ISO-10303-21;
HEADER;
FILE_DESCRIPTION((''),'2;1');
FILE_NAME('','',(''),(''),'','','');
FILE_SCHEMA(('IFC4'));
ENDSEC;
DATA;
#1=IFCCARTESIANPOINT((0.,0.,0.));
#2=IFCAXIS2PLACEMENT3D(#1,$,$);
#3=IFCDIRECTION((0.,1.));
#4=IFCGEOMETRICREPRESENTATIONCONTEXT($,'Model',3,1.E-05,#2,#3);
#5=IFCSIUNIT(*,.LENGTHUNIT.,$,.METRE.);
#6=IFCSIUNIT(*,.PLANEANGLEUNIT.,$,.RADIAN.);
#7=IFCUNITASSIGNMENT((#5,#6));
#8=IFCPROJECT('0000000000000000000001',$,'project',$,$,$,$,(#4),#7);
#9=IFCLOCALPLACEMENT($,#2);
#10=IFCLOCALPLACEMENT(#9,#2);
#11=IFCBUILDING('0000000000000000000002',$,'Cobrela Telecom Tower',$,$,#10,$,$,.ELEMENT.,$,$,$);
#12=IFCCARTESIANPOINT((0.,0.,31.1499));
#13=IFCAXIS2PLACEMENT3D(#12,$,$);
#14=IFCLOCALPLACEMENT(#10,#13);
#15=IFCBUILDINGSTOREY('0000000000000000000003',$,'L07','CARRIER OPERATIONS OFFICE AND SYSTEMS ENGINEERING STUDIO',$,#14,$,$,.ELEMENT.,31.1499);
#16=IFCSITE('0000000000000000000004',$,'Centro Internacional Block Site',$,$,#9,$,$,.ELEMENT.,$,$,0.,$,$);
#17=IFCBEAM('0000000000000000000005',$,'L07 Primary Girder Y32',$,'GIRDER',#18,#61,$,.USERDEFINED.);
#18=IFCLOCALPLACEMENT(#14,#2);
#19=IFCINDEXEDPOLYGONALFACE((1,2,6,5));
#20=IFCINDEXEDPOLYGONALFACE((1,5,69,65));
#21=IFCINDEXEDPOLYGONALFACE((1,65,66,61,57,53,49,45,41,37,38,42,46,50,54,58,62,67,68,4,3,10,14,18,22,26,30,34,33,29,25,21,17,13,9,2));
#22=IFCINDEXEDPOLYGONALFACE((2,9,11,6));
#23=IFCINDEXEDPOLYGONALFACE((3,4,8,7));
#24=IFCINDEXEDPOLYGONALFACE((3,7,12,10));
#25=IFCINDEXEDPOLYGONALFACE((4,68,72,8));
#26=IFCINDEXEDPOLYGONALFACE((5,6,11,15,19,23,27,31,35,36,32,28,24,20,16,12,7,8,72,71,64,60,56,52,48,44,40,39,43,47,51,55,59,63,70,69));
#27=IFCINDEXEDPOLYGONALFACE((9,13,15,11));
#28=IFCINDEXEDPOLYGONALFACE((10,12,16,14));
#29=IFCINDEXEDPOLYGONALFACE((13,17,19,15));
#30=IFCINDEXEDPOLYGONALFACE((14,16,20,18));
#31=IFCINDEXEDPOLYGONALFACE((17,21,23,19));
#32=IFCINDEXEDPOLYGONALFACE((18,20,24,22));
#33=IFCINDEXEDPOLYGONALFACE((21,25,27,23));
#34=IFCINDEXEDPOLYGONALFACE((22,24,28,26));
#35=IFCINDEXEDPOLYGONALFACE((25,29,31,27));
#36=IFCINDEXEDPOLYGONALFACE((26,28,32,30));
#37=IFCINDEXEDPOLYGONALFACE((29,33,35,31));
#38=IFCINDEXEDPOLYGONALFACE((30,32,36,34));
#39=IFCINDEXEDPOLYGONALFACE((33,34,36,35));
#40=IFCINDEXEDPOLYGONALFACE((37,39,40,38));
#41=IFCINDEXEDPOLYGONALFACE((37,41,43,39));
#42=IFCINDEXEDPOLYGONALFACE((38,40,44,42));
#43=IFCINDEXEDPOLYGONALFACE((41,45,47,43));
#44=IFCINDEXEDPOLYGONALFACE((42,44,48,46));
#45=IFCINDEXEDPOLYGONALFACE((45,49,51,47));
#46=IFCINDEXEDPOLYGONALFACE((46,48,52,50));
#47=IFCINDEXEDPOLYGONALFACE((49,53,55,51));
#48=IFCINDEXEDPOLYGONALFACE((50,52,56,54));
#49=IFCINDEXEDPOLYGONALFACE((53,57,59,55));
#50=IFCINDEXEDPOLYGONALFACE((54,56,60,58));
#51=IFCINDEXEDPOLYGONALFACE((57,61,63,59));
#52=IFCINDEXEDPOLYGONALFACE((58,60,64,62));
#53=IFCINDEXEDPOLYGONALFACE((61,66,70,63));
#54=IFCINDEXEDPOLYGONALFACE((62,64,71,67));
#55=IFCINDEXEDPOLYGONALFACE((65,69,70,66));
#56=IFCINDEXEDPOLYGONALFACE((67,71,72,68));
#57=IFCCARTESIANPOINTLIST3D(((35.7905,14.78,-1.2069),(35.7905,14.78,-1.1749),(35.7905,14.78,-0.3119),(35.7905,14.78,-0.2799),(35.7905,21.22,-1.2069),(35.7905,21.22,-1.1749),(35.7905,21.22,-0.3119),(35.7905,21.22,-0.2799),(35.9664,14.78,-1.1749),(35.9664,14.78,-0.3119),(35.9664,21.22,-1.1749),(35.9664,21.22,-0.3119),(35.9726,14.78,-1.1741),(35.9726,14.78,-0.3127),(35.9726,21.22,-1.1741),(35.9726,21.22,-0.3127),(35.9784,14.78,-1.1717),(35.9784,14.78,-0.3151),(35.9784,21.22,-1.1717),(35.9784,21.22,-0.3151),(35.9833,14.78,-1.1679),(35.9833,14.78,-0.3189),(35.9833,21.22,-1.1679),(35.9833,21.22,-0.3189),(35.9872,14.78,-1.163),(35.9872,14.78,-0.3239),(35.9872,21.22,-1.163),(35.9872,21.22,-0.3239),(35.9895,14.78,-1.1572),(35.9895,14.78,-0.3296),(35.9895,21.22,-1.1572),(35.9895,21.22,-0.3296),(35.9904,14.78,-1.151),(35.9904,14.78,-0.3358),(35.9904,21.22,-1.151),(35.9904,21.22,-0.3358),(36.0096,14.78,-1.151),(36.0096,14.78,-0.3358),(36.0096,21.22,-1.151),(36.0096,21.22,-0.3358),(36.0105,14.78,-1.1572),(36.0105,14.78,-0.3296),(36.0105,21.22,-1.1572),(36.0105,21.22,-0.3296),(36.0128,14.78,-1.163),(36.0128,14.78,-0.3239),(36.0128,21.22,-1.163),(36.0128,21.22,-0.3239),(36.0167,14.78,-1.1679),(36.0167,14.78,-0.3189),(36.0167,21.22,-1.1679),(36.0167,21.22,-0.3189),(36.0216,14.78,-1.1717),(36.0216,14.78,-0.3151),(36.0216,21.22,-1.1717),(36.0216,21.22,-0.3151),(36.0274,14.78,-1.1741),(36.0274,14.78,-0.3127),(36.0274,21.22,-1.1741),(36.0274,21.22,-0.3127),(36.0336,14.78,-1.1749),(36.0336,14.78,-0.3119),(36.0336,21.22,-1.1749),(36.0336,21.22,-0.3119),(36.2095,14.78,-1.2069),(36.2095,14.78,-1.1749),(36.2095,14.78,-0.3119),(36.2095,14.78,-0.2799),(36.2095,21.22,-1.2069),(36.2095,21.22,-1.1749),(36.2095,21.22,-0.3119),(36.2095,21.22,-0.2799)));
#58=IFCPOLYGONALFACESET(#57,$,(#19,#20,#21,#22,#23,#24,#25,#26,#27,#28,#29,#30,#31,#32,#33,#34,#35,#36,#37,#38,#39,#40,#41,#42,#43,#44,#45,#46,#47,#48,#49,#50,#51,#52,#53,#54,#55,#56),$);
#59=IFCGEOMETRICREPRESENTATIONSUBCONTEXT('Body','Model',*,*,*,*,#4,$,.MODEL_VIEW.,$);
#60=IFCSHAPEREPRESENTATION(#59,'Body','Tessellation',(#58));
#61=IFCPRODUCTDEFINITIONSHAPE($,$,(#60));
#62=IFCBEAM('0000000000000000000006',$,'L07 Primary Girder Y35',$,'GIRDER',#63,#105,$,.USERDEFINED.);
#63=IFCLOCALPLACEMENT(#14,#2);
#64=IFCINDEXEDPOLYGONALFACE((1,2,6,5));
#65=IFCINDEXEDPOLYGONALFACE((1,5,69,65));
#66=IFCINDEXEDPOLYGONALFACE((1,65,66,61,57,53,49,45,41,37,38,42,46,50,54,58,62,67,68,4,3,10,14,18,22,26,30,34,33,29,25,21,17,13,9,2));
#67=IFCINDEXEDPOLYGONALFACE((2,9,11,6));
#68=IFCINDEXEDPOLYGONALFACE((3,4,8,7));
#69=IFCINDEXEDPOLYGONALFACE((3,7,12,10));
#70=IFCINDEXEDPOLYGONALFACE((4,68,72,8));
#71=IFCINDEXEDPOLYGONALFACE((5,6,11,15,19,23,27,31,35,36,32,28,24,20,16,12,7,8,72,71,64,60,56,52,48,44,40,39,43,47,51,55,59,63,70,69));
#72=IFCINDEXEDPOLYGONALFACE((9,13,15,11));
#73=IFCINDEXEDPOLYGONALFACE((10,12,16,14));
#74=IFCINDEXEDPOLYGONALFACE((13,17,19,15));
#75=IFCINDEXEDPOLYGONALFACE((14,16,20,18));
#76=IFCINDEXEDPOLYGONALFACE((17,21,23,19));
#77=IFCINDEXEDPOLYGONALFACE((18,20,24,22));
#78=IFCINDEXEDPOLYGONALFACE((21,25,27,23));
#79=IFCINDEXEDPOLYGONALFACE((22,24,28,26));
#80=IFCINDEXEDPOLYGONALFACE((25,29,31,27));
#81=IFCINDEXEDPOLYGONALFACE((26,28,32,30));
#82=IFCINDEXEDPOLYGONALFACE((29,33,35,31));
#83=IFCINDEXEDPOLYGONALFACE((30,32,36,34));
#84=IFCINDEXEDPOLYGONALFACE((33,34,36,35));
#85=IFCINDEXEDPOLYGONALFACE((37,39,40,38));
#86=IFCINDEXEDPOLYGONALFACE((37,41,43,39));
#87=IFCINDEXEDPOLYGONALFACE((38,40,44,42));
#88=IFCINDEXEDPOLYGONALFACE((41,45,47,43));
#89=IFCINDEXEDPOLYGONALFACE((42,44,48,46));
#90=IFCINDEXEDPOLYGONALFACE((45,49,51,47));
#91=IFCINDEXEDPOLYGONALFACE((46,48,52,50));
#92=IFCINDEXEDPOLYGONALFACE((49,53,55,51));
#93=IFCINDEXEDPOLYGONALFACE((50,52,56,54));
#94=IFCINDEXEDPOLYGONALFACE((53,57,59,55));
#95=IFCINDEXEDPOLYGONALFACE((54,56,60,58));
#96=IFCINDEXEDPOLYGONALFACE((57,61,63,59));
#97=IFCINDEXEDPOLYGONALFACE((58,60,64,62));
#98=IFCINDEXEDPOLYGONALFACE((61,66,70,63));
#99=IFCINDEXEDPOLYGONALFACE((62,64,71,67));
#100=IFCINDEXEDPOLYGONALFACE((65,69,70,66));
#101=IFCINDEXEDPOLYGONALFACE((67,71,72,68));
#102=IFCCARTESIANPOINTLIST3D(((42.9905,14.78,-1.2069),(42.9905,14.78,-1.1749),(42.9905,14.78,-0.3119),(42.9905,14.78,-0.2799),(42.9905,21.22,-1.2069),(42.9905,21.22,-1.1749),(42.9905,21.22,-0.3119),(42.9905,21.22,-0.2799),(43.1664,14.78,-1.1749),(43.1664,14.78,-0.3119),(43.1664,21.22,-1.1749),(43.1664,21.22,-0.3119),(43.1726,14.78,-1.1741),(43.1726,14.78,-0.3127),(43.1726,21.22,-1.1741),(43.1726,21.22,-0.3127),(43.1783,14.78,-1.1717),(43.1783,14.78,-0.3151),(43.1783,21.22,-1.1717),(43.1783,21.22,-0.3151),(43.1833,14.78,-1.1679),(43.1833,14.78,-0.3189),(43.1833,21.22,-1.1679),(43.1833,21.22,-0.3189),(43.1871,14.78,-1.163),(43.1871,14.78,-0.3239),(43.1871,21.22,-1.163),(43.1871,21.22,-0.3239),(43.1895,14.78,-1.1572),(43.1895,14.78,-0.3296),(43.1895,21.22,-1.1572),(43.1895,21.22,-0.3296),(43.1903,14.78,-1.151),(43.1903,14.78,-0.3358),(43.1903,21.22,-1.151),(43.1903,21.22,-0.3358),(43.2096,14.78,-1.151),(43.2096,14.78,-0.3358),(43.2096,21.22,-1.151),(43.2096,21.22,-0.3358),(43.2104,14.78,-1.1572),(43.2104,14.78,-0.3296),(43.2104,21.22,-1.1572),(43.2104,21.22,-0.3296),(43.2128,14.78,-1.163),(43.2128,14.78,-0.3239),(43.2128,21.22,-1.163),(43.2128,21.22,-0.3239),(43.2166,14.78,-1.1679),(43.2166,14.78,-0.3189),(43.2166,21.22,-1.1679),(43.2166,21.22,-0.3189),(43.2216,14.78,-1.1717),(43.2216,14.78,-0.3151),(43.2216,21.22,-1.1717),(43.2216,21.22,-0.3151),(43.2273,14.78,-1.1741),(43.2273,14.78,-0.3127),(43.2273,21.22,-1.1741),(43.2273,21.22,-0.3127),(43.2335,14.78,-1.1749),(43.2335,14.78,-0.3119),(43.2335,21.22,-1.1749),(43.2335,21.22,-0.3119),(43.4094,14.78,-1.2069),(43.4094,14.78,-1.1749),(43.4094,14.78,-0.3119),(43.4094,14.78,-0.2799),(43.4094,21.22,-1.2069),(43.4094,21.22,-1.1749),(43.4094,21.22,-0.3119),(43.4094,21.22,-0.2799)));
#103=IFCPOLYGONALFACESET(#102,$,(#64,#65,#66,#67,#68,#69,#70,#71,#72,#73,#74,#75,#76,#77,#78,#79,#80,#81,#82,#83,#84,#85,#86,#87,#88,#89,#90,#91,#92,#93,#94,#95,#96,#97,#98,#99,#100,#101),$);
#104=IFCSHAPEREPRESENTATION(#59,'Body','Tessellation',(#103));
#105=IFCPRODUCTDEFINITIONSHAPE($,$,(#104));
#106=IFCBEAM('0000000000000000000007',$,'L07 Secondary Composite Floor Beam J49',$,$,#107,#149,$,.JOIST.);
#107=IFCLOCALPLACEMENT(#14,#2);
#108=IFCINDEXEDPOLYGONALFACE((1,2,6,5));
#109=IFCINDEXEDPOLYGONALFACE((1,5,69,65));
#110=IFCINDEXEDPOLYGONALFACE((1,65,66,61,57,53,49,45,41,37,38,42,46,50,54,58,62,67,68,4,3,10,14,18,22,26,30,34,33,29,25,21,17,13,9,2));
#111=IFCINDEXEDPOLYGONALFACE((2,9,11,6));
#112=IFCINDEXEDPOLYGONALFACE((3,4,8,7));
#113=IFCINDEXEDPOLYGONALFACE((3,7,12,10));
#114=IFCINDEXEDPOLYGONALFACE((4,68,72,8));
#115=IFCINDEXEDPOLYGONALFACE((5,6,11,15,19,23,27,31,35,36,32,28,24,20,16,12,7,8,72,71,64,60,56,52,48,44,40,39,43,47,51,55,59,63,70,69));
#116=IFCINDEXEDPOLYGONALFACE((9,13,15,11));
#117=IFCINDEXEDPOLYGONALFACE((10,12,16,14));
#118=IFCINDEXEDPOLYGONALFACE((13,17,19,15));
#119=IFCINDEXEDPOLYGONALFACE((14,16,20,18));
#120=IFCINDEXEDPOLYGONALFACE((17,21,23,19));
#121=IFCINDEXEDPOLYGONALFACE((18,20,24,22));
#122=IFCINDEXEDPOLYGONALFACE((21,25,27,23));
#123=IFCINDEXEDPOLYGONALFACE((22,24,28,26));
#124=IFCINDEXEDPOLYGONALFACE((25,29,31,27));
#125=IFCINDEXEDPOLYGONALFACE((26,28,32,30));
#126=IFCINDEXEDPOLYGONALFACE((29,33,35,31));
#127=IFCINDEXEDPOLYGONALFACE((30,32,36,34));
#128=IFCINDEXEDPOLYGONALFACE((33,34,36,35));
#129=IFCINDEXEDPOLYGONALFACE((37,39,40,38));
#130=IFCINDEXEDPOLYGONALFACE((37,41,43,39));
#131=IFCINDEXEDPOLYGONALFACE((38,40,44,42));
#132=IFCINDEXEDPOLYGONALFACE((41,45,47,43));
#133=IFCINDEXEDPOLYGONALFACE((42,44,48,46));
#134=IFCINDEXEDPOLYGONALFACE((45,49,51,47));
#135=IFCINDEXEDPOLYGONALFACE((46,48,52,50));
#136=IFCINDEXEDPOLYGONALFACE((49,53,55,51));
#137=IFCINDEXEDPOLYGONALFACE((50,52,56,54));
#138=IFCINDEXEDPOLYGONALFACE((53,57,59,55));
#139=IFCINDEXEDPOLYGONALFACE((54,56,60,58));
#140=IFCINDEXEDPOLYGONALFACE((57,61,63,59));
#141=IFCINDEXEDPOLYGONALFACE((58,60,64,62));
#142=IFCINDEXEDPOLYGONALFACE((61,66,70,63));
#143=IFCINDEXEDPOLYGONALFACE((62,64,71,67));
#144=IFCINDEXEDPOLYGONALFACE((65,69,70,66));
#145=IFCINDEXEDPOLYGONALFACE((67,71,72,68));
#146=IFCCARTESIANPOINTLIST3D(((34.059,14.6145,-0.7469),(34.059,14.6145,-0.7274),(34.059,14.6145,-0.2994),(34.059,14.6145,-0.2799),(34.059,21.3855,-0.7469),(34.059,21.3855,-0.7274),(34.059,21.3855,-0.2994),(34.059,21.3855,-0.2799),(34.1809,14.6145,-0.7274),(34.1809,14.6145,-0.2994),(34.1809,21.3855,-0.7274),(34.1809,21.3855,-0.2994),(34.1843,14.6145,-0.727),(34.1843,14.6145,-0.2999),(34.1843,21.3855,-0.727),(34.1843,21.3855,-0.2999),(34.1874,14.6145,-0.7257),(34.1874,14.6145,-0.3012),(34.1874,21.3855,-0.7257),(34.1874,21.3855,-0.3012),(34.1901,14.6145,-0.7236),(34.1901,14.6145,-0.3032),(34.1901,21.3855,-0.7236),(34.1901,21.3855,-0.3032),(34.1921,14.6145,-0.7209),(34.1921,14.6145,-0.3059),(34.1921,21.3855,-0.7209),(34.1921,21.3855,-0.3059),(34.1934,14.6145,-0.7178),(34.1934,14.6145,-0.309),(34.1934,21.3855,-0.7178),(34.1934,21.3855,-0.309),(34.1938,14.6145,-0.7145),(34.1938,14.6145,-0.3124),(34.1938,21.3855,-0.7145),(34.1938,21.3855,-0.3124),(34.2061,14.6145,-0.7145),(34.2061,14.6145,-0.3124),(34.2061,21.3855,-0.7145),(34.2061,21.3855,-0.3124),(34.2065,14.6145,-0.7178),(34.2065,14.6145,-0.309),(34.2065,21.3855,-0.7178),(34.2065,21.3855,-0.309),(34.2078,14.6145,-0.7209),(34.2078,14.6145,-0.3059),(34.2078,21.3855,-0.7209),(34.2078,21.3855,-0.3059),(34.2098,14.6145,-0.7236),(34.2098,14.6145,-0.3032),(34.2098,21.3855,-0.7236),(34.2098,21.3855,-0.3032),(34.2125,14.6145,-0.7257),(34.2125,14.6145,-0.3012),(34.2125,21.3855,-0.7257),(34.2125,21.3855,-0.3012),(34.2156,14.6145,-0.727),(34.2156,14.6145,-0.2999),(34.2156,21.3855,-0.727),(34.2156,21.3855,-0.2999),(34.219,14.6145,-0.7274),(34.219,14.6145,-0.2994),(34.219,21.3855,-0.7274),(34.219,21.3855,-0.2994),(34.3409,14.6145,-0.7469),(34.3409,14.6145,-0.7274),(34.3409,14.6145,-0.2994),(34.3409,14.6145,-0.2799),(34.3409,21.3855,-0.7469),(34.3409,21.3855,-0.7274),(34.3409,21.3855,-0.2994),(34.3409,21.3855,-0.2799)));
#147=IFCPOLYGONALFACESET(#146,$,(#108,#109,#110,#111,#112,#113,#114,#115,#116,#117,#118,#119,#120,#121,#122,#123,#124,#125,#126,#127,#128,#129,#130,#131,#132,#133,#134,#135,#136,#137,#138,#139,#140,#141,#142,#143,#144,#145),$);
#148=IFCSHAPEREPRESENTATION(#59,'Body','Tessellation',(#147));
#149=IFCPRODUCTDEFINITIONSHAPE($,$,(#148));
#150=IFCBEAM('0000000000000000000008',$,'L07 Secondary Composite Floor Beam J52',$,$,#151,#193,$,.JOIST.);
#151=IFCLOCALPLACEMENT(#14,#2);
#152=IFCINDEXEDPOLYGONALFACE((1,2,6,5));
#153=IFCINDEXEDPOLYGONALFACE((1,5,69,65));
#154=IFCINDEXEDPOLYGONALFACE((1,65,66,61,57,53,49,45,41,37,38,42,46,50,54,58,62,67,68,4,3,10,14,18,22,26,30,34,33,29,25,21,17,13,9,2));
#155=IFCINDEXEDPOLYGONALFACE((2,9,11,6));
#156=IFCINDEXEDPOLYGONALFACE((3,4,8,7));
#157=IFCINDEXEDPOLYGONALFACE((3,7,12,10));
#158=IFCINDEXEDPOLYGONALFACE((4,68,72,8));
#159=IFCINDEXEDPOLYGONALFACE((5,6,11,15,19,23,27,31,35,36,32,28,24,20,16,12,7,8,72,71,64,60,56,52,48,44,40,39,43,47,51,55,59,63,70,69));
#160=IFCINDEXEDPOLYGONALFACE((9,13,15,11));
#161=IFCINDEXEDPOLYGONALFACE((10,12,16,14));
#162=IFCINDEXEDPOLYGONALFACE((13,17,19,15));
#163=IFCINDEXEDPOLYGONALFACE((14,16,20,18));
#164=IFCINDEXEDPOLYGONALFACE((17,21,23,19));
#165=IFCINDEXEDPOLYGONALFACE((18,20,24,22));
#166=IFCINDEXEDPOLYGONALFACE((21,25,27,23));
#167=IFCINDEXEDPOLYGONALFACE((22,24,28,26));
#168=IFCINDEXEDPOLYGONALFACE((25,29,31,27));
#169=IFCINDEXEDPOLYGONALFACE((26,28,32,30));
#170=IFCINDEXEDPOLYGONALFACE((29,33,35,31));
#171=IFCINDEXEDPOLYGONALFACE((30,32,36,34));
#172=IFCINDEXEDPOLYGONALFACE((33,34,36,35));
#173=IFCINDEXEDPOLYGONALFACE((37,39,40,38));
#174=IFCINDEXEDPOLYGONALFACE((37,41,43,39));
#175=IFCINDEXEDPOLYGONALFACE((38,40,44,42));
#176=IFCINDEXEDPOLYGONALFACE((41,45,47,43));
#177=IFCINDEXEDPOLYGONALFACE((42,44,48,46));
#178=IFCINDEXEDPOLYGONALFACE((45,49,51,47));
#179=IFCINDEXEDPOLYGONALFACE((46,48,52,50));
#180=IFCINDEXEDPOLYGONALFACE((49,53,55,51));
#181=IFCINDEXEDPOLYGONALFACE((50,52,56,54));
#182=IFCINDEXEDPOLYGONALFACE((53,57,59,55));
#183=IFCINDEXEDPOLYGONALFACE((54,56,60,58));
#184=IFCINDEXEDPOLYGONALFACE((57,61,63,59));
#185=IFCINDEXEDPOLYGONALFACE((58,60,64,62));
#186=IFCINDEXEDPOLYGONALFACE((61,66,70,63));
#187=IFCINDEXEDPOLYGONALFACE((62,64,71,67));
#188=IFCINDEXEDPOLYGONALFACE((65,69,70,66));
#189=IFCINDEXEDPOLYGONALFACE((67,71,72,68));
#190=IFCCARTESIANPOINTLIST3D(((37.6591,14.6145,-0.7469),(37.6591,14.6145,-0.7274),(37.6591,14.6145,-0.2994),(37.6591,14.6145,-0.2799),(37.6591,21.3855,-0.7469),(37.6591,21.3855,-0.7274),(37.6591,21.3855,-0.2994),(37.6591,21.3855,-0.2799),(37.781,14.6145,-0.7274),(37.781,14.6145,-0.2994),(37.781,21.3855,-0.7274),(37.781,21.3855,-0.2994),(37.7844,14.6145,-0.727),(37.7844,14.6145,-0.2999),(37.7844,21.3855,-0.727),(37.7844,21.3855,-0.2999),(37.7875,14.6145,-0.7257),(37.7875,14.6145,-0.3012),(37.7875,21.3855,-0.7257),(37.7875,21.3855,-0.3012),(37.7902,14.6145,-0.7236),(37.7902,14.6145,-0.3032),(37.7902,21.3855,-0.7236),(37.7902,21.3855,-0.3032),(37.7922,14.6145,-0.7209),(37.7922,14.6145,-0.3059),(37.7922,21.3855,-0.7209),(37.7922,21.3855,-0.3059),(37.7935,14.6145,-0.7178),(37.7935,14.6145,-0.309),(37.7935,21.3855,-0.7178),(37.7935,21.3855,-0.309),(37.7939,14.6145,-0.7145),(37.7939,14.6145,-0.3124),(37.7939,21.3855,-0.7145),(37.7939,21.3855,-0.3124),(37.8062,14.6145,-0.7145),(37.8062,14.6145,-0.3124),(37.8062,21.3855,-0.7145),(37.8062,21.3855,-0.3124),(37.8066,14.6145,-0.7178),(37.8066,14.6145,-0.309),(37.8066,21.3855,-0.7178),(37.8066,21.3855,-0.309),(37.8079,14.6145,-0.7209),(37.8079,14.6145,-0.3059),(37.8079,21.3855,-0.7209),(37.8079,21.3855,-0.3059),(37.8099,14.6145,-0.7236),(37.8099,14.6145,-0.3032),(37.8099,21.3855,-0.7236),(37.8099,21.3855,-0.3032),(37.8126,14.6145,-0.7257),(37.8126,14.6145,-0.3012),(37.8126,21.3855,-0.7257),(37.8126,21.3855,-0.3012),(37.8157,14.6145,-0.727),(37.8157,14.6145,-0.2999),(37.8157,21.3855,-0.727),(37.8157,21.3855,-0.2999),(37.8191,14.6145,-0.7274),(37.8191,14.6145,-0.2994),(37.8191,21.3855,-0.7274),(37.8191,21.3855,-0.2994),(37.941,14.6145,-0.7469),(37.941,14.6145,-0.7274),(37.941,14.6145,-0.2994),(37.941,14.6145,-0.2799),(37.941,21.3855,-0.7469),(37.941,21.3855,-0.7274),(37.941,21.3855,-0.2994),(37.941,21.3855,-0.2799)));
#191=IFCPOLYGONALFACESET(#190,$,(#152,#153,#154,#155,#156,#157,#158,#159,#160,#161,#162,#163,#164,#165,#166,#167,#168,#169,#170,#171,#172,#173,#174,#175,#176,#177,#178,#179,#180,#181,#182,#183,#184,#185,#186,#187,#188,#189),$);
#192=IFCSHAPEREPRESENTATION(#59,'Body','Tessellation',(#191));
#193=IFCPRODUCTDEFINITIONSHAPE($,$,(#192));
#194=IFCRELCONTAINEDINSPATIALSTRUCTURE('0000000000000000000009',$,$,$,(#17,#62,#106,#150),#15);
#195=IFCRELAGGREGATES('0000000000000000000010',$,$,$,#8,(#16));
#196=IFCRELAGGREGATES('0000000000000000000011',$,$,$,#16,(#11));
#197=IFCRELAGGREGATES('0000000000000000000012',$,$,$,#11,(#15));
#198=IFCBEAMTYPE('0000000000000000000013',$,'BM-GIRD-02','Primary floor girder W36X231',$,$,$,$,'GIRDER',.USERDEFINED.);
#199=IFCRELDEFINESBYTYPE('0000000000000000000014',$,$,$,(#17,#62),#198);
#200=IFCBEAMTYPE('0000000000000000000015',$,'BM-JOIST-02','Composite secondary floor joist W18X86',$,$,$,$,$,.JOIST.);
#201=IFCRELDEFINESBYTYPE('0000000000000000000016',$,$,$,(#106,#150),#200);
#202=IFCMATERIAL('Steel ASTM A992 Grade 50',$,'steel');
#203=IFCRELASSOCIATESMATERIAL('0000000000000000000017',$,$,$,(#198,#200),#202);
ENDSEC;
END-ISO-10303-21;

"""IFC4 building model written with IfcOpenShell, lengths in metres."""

from ifc_helpers import new_model, si_unit, direction, frame, origin, origin_2d, place, context, subcontext, project, spatial, i_section, extrude, material, material_profile, profile_set, type_object, element, save


model = new_model("IFC4")

# Units and contexts
model_context = context("Model", 3, precision=1e-05, world=origin(), true_north=direction((0.0, 1.0)))
body_context = subcontext(model_context, "Body", "Model", "MODEL_VIEW")
ifc_project = project(units=[si_unit("LENGTHUNIT", "METRE"), si_unit("PLANEANGLEUNIT", "RADIAN")], contexts=[model_context])

# Site, building, storey
site_placement = place(None, origin())
site = spatial("IfcSite", under=ifc_project, at=site_placement, Name="Centro Internacional Block Site", CompositionType="ELEMENT", RefElevation=0.0)
building_placement = place(site_placement, origin())
building = spatial("IfcBuilding", under=site, at=building_placement, Name="Cobrela Telecom Tower", CompositionType="ELEMENT")
storey_placement = place(building_placement, frame((0.0, 0.0, 31.1499)))
storey = spatial("IfcBuildingStorey", under=building, at=storey_placement, Name="L07", Description="CARRIER OPERATIONS OFFICE AND SYSTEMS ENGINEERING STUDIO", CompositionType="ELEMENT", Elevation=31.1499)

# Shared definitions
ifc_material_1 = material(Name="Steel ASTM A992 Grade 50", Category="steel")

# Beams
ifc_material_profile_1 = material_profile(ifc_material_1, i_section(OverallWidth=0.4189, OverallDepth=0.927, WebThickness=0.0193, FlangeThickness=0.032, FilletRadius=0.0239, at=origin_2d()), Name="W36X231")
ifc_profile_set_1 = profile_set([ifc_material_profile_1], Name="Steel ASTM A992 Grade 50")
beam_type_1 = type_object("IfcBeamType", Name="BM-GIRD-02", Description="Primary floor girder W36X231", ElementType="GIRDER", PredefinedType="USERDEFINED", material=ifc_profile_set_1)
for number, where, z_axis, x_axis, name in (
    (1, (36.0, 14.78, -0.7434), (0.0, 1.0, 0.0), (-1.0, 0.0, 0.0), "L07 Primary Girder Y32"),
    (2, (43.2, 14.78, -0.7434), (0.0, 1.0, 0.0), (-1.0, 0.0, 0.0), "L07 Primary Girder Y35"),
):
    element("IfcBeam", number, at=place(storey_placement, frame(where, z_axis=z_axis, x_axis=x_axis)), inside=storey, type_object=beam_type_1, Name=name, ObjectType="GIRDER", PredefinedType="USERDEFINED", context=body_context, shape_type="SweptSolid", body=[
        extrude(i_section(OverallWidth=0.4189, OverallDepth=0.927, WebThickness=0.0193, FlangeThickness=0.032, FilletRadius=0.0239, at=origin_2d()), origin(), (0.0, 0.0, 1.0), 6.4399),
    ])
ifc_material_profile_2 = material_profile(ifc_material_1, i_section(OverallWidth=0.282, OverallDepth=0.467, WebThickness=0.0122, FlangeThickness=0.0195, FilletRadius=0.0129, at=origin_2d()), Name="W18X86")
ifc_profile_set_2 = profile_set([ifc_material_profile_2], Name="Steel ASTM A992 Grade 50")
beam_type_2 = type_object("IfcBeamType", Name="BM-JOIST-02", Description="Composite secondary floor joist W18X86", PredefinedType="JOIST", material=ifc_profile_set_2)
for number, where, z_axis, x_axis, name in (
    (3, (34.2, 14.6145, -0.5134), (0.0, 1.0, 0.0), (-1.0, 0.0, 0.0), "L07 Secondary Composite Floor Beam J49"),
    (4, (37.8, 14.6145, -0.5134), (0.0, 1.0, 0.0), (-1.0, 0.0, 0.0), "L07 Secondary Composite Floor Beam J52"),
):
    element("IfcBeam", number, at=place(storey_placement, frame(where, z_axis=z_axis, x_axis=x_axis)), inside=storey, type_object=beam_type_2, Name=name, PredefinedType="JOIST", context=body_context, shape_type="SweptSolid", body=[
        extrude(i_section(OverallWidth=0.282, OverallDepth=0.467, WebThickness=0.0122, FlangeThickness=0.0195, FilletRadius=0.0129, at=origin_2d()), origin(), (0.0, 0.0, 1.0), 6.771),
    ])

save(model, "model.ifc")
